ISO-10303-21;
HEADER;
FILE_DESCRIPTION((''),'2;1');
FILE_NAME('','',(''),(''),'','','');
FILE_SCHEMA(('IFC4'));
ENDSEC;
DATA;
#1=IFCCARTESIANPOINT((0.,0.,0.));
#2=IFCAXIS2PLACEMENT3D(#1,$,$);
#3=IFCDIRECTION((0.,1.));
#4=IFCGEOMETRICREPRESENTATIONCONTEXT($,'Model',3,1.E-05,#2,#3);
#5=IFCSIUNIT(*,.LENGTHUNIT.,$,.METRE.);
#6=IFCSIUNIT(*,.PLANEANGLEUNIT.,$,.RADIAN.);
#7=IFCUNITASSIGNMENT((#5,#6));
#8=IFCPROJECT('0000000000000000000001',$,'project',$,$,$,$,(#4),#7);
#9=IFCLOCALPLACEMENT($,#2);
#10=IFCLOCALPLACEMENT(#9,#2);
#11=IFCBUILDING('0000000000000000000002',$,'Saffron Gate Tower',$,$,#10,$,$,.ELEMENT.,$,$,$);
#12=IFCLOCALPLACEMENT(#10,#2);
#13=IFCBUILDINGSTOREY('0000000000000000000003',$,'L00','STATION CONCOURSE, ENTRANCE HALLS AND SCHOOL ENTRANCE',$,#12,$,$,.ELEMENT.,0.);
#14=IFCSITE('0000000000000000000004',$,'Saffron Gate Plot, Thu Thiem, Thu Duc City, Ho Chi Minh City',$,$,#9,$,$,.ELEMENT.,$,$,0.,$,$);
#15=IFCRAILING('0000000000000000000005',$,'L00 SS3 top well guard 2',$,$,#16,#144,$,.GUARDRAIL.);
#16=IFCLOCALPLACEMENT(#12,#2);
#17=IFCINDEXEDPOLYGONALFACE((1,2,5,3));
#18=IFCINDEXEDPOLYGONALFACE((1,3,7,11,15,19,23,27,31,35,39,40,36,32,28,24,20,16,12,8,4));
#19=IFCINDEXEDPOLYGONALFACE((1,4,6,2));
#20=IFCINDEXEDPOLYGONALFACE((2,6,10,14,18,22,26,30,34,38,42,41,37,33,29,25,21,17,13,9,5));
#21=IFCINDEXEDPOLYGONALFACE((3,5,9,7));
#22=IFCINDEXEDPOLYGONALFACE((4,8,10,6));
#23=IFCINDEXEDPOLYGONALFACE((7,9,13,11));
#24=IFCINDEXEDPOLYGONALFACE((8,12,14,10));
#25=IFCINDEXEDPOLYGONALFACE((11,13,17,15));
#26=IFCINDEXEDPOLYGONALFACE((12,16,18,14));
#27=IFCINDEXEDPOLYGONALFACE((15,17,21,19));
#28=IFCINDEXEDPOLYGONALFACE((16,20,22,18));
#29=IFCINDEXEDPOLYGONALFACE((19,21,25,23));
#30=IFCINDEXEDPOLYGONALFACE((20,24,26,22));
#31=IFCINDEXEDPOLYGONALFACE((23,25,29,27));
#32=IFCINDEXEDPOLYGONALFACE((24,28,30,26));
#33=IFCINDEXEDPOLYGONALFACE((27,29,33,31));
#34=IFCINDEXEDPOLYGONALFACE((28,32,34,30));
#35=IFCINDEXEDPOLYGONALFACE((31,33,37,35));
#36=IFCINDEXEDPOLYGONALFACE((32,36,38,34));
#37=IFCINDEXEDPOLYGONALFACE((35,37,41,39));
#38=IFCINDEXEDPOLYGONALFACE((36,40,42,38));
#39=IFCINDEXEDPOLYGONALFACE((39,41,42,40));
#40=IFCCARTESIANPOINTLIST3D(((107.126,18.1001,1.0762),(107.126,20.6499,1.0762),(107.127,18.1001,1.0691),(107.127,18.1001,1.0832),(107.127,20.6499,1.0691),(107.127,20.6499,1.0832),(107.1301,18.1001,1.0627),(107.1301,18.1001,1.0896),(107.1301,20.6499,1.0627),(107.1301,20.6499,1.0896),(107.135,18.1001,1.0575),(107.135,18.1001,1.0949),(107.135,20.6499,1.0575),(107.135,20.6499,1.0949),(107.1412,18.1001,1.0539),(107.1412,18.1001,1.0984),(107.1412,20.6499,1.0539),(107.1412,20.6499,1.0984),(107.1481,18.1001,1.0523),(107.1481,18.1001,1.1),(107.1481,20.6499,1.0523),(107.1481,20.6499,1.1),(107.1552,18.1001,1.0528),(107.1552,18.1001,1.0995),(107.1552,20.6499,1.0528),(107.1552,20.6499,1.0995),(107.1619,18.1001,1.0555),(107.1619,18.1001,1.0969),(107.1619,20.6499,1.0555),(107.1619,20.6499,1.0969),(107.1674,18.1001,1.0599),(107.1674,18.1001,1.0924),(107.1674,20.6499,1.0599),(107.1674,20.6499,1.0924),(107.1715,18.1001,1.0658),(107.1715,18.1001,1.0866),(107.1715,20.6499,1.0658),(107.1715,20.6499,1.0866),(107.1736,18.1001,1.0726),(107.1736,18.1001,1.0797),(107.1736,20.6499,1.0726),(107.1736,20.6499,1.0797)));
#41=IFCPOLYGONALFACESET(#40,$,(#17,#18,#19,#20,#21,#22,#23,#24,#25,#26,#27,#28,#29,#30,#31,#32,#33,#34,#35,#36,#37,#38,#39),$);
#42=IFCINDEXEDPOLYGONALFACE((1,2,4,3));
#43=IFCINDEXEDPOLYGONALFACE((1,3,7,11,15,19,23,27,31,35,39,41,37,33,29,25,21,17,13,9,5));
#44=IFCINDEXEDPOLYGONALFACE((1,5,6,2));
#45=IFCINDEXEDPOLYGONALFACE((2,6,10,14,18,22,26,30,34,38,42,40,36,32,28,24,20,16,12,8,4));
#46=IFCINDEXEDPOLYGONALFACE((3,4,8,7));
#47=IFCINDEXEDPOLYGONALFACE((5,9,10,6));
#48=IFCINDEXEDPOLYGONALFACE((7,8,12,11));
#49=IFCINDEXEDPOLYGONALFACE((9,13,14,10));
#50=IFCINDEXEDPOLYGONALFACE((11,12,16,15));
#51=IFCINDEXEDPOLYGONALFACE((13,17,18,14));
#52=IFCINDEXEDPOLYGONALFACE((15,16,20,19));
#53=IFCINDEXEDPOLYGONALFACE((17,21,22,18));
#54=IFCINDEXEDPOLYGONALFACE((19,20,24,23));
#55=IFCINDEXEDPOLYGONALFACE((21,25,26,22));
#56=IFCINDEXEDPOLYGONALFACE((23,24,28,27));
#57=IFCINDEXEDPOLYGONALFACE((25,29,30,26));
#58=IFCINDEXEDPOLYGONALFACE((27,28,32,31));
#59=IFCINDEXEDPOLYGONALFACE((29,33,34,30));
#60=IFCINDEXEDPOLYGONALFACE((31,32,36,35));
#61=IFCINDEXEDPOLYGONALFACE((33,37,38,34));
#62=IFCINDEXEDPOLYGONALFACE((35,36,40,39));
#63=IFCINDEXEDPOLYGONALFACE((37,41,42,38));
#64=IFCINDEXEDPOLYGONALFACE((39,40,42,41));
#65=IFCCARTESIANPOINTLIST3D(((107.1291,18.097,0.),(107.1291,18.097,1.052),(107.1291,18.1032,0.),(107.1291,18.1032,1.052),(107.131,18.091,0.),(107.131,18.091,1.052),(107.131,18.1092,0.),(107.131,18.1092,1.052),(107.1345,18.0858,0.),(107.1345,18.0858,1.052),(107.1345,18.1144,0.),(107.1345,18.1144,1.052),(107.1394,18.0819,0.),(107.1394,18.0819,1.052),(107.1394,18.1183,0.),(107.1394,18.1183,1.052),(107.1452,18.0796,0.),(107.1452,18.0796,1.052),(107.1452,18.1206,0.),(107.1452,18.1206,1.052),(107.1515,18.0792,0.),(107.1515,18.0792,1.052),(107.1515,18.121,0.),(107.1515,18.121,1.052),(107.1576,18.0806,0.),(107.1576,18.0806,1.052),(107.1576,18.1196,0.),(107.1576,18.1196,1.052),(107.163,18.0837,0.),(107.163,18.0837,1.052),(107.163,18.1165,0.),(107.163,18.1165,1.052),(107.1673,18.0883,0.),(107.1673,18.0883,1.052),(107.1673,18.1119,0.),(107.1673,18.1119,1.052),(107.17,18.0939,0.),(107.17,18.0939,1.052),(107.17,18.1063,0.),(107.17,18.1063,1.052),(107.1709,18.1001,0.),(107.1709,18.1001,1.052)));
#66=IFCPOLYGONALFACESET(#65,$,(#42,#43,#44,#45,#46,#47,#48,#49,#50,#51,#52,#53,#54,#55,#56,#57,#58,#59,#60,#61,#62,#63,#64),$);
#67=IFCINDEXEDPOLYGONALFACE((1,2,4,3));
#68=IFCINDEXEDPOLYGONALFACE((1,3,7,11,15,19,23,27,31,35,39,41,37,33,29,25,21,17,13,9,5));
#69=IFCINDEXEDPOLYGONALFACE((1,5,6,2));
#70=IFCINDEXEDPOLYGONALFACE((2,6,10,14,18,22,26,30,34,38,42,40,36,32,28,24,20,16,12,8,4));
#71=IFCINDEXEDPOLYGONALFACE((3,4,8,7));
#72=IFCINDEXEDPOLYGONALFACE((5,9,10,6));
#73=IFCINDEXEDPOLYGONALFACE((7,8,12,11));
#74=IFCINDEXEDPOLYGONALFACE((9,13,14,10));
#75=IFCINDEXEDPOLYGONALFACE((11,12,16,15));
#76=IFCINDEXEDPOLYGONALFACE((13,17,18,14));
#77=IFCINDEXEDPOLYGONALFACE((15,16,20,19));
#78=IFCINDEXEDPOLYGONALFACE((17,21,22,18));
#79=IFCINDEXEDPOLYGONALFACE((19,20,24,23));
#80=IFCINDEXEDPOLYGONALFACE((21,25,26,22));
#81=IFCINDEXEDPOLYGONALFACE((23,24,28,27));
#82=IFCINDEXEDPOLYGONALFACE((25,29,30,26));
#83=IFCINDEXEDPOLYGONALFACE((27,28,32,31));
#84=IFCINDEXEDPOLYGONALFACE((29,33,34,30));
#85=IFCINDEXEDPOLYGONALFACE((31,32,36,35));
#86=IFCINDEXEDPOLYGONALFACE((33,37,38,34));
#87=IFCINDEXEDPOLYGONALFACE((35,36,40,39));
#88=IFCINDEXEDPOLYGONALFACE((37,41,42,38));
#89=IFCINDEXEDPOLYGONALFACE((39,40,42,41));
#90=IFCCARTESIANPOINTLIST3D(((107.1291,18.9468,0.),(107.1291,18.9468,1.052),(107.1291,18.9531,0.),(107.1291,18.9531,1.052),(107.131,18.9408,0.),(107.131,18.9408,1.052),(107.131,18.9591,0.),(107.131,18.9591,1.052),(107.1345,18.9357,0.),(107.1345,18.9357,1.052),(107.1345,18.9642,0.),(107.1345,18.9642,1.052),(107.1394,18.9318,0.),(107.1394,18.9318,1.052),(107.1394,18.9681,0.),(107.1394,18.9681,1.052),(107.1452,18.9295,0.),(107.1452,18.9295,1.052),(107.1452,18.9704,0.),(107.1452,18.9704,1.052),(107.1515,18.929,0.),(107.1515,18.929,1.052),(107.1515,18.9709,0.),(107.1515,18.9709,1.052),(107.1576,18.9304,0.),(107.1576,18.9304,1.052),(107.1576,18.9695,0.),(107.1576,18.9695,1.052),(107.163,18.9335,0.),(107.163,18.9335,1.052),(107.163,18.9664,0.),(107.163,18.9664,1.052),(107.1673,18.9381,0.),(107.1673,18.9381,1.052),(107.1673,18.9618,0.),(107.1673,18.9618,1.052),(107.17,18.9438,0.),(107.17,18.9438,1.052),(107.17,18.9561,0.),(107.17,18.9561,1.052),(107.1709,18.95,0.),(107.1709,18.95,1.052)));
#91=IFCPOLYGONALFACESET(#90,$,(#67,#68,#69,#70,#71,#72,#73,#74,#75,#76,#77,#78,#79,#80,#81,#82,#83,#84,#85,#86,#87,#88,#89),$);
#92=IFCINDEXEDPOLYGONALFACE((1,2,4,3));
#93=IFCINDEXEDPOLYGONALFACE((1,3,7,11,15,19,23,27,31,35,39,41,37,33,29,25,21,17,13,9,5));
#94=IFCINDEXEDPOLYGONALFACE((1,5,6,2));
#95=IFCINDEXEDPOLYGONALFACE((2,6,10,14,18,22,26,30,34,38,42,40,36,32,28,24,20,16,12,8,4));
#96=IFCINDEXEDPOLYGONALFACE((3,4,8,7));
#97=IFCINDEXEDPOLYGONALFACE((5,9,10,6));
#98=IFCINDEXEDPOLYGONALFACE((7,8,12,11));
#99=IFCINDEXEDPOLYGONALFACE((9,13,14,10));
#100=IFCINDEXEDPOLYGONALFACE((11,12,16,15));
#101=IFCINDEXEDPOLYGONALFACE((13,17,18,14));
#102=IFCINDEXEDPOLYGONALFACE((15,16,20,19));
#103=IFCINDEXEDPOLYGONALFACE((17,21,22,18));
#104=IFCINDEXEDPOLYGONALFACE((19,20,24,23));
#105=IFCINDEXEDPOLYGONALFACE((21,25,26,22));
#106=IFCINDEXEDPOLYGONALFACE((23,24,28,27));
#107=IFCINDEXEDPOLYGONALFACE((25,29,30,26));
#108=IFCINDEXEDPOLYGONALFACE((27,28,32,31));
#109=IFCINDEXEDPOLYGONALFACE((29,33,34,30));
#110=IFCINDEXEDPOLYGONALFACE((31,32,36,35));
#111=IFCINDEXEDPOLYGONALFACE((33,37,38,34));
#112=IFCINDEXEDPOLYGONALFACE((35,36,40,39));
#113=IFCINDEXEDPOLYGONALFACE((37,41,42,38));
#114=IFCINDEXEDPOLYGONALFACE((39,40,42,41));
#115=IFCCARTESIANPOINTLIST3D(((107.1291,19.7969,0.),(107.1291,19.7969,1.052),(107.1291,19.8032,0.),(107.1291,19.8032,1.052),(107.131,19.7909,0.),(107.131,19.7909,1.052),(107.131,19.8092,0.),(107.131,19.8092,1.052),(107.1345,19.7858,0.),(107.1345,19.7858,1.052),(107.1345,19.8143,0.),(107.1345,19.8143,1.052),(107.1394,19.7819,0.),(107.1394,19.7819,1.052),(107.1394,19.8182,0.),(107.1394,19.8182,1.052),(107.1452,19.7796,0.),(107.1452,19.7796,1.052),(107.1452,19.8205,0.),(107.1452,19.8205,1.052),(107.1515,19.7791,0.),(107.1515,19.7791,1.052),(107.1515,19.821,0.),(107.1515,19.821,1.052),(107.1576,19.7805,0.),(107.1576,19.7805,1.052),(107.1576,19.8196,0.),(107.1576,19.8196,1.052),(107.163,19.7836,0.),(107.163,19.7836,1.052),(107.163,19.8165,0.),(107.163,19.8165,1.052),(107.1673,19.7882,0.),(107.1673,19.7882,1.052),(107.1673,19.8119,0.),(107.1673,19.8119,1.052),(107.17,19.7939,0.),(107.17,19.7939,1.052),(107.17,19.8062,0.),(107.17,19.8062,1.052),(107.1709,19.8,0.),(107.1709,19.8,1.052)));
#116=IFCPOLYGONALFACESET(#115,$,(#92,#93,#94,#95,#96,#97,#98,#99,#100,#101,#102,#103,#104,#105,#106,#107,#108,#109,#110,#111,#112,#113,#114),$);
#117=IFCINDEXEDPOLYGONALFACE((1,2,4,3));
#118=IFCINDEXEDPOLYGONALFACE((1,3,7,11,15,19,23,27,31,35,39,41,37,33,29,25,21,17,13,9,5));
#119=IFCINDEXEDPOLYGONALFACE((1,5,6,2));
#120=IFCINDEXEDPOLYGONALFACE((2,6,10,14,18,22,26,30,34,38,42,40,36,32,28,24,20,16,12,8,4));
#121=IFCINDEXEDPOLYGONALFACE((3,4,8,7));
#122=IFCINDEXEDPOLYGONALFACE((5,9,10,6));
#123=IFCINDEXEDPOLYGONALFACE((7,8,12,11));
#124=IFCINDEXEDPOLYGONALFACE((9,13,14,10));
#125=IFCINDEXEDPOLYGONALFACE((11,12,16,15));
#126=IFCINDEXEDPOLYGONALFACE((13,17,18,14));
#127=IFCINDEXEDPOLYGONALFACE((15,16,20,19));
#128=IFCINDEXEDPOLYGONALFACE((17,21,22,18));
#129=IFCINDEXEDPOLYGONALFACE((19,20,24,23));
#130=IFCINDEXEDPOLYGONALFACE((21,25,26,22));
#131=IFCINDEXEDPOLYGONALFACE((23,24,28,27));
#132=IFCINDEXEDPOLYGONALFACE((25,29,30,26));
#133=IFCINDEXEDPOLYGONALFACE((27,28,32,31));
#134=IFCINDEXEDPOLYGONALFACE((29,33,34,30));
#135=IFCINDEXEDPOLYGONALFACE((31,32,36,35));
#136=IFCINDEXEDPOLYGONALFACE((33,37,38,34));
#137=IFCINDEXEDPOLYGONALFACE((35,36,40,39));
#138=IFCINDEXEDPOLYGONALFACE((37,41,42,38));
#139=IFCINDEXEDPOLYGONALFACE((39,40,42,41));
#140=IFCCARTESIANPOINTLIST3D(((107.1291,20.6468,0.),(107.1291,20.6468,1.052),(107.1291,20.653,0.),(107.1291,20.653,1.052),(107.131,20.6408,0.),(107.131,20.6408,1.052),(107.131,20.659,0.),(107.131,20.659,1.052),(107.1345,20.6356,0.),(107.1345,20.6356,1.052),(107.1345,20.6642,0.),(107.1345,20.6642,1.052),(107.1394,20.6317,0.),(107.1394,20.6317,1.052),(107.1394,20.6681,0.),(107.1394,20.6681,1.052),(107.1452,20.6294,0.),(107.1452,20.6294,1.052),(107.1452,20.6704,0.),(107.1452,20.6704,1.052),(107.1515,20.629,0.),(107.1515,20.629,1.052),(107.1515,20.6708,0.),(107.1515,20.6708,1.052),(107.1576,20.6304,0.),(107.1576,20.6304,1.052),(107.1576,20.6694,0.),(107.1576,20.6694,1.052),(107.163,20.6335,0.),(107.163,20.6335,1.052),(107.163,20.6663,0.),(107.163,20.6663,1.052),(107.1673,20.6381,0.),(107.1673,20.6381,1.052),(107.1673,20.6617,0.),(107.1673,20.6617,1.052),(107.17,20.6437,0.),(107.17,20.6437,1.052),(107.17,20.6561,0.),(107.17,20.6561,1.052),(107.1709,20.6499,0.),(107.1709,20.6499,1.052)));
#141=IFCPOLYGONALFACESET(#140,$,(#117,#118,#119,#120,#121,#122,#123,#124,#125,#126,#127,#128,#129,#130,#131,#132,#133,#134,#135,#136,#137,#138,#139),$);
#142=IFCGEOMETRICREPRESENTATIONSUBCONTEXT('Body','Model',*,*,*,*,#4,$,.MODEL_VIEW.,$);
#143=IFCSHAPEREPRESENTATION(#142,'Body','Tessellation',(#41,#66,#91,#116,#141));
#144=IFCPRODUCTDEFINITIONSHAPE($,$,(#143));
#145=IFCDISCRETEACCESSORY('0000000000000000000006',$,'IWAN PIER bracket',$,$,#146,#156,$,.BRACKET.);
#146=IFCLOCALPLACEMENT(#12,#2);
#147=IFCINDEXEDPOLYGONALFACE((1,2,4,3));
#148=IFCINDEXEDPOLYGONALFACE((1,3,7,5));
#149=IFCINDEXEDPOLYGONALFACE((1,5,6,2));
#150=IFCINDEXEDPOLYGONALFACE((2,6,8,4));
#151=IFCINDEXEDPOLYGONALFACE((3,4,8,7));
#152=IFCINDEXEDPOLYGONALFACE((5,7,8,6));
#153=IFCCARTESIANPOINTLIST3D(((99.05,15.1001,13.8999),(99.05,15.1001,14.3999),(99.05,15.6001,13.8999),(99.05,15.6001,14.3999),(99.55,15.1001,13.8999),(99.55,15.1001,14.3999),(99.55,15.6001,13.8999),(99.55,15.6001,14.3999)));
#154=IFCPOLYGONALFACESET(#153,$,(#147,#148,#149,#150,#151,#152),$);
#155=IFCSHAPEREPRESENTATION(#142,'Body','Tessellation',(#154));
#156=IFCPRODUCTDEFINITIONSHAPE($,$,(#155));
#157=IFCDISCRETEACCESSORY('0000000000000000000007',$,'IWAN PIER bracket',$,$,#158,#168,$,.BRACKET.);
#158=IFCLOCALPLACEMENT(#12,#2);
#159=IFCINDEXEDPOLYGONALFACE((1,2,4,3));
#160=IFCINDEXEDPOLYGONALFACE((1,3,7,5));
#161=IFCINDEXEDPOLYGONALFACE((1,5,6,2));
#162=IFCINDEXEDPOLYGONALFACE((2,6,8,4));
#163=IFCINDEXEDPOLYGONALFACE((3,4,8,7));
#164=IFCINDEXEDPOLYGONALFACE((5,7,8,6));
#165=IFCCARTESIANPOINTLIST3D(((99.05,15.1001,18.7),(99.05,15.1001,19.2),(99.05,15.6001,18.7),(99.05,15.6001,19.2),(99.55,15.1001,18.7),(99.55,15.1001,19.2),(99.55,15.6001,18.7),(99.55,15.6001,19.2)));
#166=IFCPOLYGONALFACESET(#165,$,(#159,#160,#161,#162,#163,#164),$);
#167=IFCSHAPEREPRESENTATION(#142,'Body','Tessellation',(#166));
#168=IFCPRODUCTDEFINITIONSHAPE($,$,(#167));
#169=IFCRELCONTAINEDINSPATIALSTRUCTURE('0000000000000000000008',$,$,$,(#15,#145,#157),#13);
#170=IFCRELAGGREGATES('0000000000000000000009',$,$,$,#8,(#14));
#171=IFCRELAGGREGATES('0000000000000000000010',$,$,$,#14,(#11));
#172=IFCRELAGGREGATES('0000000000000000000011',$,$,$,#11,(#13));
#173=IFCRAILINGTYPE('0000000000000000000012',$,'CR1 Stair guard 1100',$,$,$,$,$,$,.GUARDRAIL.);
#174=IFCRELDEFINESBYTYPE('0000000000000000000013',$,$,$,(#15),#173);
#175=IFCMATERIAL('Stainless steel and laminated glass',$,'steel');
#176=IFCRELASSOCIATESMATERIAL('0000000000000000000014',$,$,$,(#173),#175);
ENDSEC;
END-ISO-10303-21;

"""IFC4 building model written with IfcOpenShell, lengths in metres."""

from ifc_helpers import new_model, si_unit, direction, frame, origin, origin_2d, place, context, subcontext, project, spatial, rectangle, circle, extrude, material, type_object, element, save


model = new_model("IFC4")

# Units and contexts
model_context = context("Model", 3, precision=1e-05, world=origin(), true_north=direction((0.0, 1.0)))
body_context = subcontext(model_context, "Body", "Model", "MODEL_VIEW")
ifc_project = project(units=[si_unit("LENGTHUNIT", "METRE"), si_unit("PLANEANGLEUNIT", "RADIAN")], contexts=[model_context])

# Site, building, storey
site_placement = place(None, origin())
site = spatial("IfcSite", under=ifc_project, at=site_placement, Name="Saffron Gate Plot, Thu Thiem, Thu Duc City, Ho Chi Minh City", CompositionType="ELEMENT", RefElevation=0.0)
building_placement = place(site_placement, origin())
building = spatial("IfcBuilding", under=site, at=building_placement, Name="Saffron Gate Tower", CompositionType="ELEMENT")
storey_placement = place(building_placement, origin())
storey = spatial("IfcBuildingStorey", under=building, at=storey_placement, Name="L00", Description="STATION CONCOURSE, ENTRANCE HALLS AND SCHOOL ENTRANCE", CompositionType="ELEMENT", Elevation=0.0)

# Railing
ifc_material_1 = material(Name="Stainless steel and laminated glass", Category="steel")
railing_type = type_object("IfcRailingType", Name="CR1 Stair guard 1100", PredefinedType="GUARDRAIL", material=ifc_material_1)
railing_1_placement = place(storey_placement, frame((107.1499, 18.1001, 0.0)))
element("IfcRailing", 1, at=railing_1_placement, inside=storey, type_object=railing_type, Name="L00 SS3 top well guard 2", PredefinedType="GUARDRAIL", context=body_context, shape_type="SweptSolid", body=[
    extrude(circle(Radius=0.0239, at=origin_2d()), frame((0.0, 0.0, 1.0762), z_axis=(0.0, 1.0, 0.0), x_axis=(-1.0, 0.0, 0.0)), (0.0, 0.0, 1.0), 2.5498),
    extrude(circle(Radius=0.021, at=origin_2d()), origin(), (0.0, 0.0, 1.0), 1.052),
    extrude(circle(Radius=0.021, at=origin_2d()), frame((0.0, 0.8499, 0.0)), (0.0, 0.0, 1.0), 1.052),
    extrude(circle(Radius=0.021, at=origin_2d()), frame((0.0, 1.7, 0.0)), (0.0, 0.0, 1.0), 1.052),
    extrude(circle(Radius=0.021, at=origin_2d()), frame((0.0, 2.5498, 0.0)), (0.0, 0.0, 1.0), 1.052),
])

# Discrete accessories
for number, where, z_axis, x_axis, name in (
    (2, (99.3, 15.3501, 13.8999), (0.0, 0.0, 1.0), (1.0, 0.0, 0.0), "IWAN PIER bracket"),
    (3, (99.3, 15.3501, 18.7), (0.0, 0.0, 1.0), (1.0, 0.0, 0.0), "IWAN PIER bracket"),
):
    element("IfcDiscreteAccessory", number, at=place(storey_placement, frame(where, z_axis=z_axis, x_axis=x_axis)), inside=storey, Name=name, PredefinedType="BRACKET", context=body_context, shape_type="SweptSolid", body=[
        extrude(rectangle(XDim=0.5, YDim=0.5, at=origin_2d()), origin(), (0.0, 0.0, 1.0), 0.5),
    ])

save(model, "model.ifc")
